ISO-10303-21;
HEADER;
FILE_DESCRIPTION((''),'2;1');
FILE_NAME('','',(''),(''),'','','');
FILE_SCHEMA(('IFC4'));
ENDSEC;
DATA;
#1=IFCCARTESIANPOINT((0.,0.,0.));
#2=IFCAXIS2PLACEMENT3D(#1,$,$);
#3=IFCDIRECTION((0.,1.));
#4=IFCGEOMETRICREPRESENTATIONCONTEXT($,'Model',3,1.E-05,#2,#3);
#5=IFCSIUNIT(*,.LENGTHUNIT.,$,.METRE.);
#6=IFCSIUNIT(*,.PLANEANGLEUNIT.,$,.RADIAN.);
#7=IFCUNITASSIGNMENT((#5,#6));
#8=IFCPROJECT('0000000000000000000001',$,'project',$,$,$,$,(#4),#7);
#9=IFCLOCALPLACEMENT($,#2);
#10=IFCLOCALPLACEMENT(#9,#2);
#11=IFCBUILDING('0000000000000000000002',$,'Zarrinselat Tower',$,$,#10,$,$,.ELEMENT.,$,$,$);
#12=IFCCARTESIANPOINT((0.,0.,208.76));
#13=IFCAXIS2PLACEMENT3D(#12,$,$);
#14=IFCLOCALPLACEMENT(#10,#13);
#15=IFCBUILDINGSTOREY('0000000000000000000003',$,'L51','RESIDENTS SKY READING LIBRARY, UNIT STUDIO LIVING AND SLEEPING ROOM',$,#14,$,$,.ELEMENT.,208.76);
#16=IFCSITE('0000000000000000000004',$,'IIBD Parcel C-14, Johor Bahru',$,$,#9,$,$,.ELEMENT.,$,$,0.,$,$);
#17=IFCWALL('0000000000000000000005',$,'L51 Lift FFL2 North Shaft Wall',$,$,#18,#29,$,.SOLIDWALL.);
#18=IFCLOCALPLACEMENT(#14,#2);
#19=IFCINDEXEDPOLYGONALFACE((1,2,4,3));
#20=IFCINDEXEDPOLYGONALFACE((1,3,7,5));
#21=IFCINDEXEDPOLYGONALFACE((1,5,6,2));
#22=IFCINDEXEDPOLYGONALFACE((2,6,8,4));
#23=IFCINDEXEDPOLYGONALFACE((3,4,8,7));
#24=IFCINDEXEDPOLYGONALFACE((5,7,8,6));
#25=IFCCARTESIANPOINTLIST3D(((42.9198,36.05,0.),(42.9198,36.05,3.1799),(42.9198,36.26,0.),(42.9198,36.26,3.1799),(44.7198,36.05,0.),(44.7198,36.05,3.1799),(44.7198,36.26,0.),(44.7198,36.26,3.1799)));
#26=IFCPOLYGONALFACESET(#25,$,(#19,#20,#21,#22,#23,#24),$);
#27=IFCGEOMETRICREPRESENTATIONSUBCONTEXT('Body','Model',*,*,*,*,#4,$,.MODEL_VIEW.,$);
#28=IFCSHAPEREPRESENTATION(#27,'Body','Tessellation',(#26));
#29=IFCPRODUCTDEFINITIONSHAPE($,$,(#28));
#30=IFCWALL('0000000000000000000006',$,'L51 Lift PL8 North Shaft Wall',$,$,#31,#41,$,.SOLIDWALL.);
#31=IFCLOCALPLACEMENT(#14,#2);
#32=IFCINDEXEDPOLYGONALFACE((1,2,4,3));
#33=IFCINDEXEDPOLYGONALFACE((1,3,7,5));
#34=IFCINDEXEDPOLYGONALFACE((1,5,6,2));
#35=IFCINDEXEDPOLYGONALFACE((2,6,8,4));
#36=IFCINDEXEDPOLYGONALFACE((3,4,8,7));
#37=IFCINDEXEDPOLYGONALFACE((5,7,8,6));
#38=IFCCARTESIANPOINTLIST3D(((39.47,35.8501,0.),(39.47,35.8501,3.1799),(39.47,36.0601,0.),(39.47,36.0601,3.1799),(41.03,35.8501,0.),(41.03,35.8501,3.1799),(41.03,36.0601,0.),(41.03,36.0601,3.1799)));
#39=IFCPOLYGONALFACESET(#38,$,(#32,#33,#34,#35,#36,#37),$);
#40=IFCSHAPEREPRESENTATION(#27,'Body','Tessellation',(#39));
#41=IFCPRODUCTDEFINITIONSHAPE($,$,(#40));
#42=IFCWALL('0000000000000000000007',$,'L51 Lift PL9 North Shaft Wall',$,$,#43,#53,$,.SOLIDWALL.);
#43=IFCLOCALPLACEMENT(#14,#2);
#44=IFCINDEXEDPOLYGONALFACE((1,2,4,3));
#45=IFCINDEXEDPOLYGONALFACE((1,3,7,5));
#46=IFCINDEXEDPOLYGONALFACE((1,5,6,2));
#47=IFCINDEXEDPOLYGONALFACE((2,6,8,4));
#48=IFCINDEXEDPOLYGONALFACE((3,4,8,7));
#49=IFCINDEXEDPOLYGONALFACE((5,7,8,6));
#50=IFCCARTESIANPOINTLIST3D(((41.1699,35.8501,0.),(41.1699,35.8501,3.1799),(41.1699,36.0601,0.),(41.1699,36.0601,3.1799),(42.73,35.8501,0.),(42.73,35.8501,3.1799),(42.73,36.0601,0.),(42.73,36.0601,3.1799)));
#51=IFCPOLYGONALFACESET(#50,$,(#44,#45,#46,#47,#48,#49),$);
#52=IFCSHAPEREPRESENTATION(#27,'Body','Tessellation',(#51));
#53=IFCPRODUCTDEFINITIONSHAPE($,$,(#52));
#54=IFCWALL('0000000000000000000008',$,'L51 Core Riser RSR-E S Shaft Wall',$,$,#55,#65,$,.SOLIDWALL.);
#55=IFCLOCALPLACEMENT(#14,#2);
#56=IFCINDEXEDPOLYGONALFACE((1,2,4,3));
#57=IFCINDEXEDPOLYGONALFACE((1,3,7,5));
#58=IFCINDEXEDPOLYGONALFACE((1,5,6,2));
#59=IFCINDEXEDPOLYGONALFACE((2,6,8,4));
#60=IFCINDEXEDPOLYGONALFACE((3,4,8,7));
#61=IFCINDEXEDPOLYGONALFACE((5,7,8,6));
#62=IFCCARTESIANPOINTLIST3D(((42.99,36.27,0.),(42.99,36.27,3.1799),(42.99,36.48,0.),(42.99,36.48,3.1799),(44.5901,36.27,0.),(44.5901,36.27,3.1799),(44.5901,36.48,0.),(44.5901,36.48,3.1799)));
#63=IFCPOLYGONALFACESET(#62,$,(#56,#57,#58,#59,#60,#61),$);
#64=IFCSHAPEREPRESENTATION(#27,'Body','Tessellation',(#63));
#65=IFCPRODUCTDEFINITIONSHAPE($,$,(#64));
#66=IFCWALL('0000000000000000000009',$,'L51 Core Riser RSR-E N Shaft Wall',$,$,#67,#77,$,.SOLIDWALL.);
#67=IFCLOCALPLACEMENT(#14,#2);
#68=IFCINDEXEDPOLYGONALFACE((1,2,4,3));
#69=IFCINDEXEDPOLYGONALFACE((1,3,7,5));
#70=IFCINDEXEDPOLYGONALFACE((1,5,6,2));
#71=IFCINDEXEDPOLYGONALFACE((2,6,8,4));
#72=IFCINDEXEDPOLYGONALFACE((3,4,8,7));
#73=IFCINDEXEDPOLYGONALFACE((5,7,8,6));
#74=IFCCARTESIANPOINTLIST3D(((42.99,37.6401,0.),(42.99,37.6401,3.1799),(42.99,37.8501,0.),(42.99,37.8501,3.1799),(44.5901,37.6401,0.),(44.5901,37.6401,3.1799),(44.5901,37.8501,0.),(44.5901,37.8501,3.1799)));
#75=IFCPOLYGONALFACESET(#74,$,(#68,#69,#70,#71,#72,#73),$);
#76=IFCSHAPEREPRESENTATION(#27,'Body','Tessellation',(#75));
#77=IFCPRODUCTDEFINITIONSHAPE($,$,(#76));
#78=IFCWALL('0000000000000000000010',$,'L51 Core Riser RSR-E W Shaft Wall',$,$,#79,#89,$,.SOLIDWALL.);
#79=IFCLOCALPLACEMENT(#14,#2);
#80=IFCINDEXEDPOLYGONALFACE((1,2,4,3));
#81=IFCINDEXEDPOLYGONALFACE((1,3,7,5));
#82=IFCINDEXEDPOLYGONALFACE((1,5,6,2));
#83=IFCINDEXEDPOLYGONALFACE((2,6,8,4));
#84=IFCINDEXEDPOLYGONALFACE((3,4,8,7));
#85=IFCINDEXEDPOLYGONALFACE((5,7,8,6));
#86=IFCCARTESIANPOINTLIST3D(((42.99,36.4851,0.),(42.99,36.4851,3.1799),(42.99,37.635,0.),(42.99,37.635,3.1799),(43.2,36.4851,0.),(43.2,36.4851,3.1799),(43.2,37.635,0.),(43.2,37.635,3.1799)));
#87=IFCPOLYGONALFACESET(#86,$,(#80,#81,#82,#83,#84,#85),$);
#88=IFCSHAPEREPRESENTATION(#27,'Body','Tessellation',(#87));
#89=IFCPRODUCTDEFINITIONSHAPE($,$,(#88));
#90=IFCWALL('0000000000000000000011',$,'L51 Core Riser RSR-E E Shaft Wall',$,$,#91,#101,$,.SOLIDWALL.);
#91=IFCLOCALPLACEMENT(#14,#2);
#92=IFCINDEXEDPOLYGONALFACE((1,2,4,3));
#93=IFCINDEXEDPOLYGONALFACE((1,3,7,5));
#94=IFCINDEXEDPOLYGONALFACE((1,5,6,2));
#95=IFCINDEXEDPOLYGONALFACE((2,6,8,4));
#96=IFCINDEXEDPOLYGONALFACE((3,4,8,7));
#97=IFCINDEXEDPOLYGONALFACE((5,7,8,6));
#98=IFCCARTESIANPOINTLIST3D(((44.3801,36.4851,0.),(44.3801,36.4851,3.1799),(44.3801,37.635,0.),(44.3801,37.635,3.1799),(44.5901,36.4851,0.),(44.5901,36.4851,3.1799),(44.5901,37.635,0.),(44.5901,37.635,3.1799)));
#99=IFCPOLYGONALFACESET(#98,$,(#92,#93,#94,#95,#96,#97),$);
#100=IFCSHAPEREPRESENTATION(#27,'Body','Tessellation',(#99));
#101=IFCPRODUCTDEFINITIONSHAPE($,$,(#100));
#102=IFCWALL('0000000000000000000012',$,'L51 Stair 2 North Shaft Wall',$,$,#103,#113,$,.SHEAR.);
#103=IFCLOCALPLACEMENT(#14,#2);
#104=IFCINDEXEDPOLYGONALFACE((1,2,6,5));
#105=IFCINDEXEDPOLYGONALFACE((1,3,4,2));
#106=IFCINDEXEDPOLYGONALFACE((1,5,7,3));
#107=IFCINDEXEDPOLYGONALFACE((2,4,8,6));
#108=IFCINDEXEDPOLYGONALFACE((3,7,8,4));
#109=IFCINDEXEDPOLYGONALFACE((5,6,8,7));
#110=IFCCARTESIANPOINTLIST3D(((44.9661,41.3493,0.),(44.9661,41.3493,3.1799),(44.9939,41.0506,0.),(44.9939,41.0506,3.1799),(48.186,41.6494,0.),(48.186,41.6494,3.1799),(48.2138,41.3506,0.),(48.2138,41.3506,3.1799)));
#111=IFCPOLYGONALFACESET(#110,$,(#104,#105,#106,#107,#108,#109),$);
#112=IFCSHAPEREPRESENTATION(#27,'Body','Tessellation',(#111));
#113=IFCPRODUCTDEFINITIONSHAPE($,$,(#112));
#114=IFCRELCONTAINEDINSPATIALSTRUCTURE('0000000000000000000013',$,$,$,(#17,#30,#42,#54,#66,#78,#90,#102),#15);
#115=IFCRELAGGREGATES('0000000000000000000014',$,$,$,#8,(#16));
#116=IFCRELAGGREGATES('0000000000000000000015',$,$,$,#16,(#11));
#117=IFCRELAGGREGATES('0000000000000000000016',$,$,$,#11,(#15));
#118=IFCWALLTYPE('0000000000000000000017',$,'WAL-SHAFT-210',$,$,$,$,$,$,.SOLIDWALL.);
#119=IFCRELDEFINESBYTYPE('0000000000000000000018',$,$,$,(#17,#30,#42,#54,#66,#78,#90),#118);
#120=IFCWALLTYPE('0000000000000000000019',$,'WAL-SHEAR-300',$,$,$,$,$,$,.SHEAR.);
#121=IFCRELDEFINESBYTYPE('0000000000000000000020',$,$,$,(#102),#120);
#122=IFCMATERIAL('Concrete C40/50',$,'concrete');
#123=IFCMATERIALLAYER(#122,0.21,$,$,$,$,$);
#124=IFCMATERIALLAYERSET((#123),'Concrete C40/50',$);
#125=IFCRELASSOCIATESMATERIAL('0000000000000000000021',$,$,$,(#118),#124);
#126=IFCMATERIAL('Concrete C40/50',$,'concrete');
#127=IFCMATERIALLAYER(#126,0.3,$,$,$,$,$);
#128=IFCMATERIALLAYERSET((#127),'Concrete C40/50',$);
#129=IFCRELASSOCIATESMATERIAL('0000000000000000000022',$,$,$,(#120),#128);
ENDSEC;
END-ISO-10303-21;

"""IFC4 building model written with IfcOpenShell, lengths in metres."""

from ifc_helpers import new_model, si_unit, direction, frame, frame_2d, origin, place, context, subcontext, project, spatial, rectangle, extrude, material, layer, layer_set, type_object, element, save


model = new_model("IFC4")

# Units and contexts
model_context = context("Model", 3, precision=1e-05, world=origin(), true_north=direction((0.0, 1.0)))
body_context = subcontext(model_context, "Body", "Model", "MODEL_VIEW")
ifc_project = project(units=[si_unit("LENGTHUNIT", "METRE"), si_unit("PLANEANGLEUNIT", "RADIAN")], contexts=[model_context])

# Site, building, storey
site_placement = place(None, origin())
site = spatial("IfcSite", under=ifc_project, at=site_placement, Name="IIBD Parcel C-14, Johor Bahru", CompositionType="ELEMENT", RefElevation=0.0)
building_placement = place(site_placement, origin())
building = spatial("IfcBuilding", under=site, at=building_placement, Name="Zarrinselat Tower", CompositionType="ELEMENT")
storey_placement = place(building_placement, frame((0.0, 0.0, 208.76)))
storey = spatial("IfcBuildingStorey", under=building, at=storey_placement, Name="L51", Description="RESIDENTS SKY READING LIBRARY, UNIT STUDIO LIVING AND SLEEPING ROOM", CompositionType="ELEMENT", Elevation=208.76)

# Walls
ifc_material_1 = material(Name="Concrete C40/50", Category="concrete")
ifc_layer_1 = layer(ifc_material_1, 0.21)
ifc_layer_set_1 = layer_set([ifc_layer_1], Name="Concrete C40/50")
wall_type_1 = type_object("IfcWallType", Name="WAL-SHAFT-210", PredefinedType="SOLIDWALL", material=ifc_layer_set_1)
wall_1_placement = place(storey_placement, frame((42.9199, 36.155, 0.0), z_axis=(0.0, 0.0, 1.0), x_axis=(1.0, 0.0, 0.0)))
element("IfcWall", 1, at=wall_1_placement, inside=storey, type_object=wall_type_1, Name="L51 Lift FFL2 North Shaft Wall", PredefinedType="SOLIDWALL", context=body_context, shape_type="SweptSolid", body=[
    extrude(rectangle(XDim=1.8, YDim=0.21, at=frame_2d((0.8999, 0.0))), origin(), (0.0, 0.0, 1.0), 3.1799),
])
for number, where, z_axis, x_axis, name in (
    (2, (39.47, 35.9551, 0.0), (0.0, 0.0, 1.0), (1.0, 0.0, 0.0), "L51 Lift PL8 North Shaft Wall"),
    (3, (41.1699, 35.9551, 0.0), (0.0, 0.0, 1.0), (1.0, 0.0, 0.0), "L51 Lift PL9 North Shaft Wall"),
):
    element("IfcWall", number, at=place(storey_placement, frame(where, z_axis=z_axis, x_axis=x_axis)), inside=storey, type_object=wall_type_1, Name=name, PredefinedType="SOLIDWALL", context=body_context, shape_type="SweptSolid", body=[
        extrude(rectangle(XDim=1.5601, YDim=0.21, at=frame_2d((0.78, 0.0))), origin(), (0.0, 0.0, 1.0), 3.1799),
    ])
for number, where, z_axis, x_axis, name in (
    (4, (42.99, 36.375, 0.0), (0.0, 0.0, 1.0), (1.0, 0.0, 0.0), "L51 Core Riser RSR-E S Shaft Wall"),
    (5, (42.99, 37.7451, 0.0), (0.0, 0.0, 1.0), (1.0, 0.0, 0.0), "L51 Core Riser RSR-E N Shaft Wall"),
):
    element("IfcWall", number, at=place(storey_placement, frame(where, z_axis=z_axis, x_axis=x_axis)), inside=storey, type_object=wall_type_1, Name=name, PredefinedType="SOLIDWALL", context=body_context, shape_type="SweptSolid", body=[
        extrude(rectangle(XDim=1.6001, YDim=0.21, at=frame_2d((0.8, 0.0))), origin(), (0.0, 0.0, 1.0), 3.1799),
    ])
for number, where, z_axis, x_axis, name in (
    (6, (43.095, 36.4851, 0.0), (0.0, 0.0, 1.0), (0.0, 1.0, 0.0), "L51 Core Riser RSR-E W Shaft Wall"),
    (7, (44.4851, 36.4851, 0.0), (0.0, 0.0, 1.0), (0.0, 1.0, 0.0), "L51 Core Riser RSR-E E Shaft Wall"),
):
    element("IfcWall", number, at=place(storey_placement, frame(where, z_axis=z_axis, x_axis=x_axis)), inside=storey, type_object=wall_type_1, Name=name, PredefinedType="SOLIDWALL", context=body_context, shape_type="SweptSolid", body=[
        extrude(rectangle(XDim=1.1499, YDim=0.21, at=frame_2d((0.575, 0.0))), origin(), (0.0, 0.0, 1.0), 3.1799),
    ])
ifc_material_2 = material(Name="Concrete C40/50", Category="concrete")
ifc_layer_2 = layer(ifc_material_2, 0.3)
ifc_layer_set_2 = layer_set([ifc_layer_2], Name="Concrete C40/50")
wall_type_2 = type_object("IfcWallType", Name="WAL-SHEAR-300", PredefinedType="SHEAR", material=ifc_layer_set_2)
wall_2_placement = place(storey_placement, frame((44.98, 41.2, 0.0), z_axis=(0.0, 0.0, 1.0), x_axis=(0.995686, 0.092782, 0.0)))
element("IfcWall", 8, at=wall_2_placement, inside=storey, type_object=wall_type_2, Name="L51 Stair 2 North Shaft Wall", PredefinedType="SHEAR", context=body_context, shape_type="SweptSolid", body=[
    extrude(rectangle(XDim=3.2339, YDim=0.3, at=frame_2d((1.6169, 0.0))), origin(), (0.0, 0.0, 1.0), 3.1799),
])

save(model, "model.ifc")
